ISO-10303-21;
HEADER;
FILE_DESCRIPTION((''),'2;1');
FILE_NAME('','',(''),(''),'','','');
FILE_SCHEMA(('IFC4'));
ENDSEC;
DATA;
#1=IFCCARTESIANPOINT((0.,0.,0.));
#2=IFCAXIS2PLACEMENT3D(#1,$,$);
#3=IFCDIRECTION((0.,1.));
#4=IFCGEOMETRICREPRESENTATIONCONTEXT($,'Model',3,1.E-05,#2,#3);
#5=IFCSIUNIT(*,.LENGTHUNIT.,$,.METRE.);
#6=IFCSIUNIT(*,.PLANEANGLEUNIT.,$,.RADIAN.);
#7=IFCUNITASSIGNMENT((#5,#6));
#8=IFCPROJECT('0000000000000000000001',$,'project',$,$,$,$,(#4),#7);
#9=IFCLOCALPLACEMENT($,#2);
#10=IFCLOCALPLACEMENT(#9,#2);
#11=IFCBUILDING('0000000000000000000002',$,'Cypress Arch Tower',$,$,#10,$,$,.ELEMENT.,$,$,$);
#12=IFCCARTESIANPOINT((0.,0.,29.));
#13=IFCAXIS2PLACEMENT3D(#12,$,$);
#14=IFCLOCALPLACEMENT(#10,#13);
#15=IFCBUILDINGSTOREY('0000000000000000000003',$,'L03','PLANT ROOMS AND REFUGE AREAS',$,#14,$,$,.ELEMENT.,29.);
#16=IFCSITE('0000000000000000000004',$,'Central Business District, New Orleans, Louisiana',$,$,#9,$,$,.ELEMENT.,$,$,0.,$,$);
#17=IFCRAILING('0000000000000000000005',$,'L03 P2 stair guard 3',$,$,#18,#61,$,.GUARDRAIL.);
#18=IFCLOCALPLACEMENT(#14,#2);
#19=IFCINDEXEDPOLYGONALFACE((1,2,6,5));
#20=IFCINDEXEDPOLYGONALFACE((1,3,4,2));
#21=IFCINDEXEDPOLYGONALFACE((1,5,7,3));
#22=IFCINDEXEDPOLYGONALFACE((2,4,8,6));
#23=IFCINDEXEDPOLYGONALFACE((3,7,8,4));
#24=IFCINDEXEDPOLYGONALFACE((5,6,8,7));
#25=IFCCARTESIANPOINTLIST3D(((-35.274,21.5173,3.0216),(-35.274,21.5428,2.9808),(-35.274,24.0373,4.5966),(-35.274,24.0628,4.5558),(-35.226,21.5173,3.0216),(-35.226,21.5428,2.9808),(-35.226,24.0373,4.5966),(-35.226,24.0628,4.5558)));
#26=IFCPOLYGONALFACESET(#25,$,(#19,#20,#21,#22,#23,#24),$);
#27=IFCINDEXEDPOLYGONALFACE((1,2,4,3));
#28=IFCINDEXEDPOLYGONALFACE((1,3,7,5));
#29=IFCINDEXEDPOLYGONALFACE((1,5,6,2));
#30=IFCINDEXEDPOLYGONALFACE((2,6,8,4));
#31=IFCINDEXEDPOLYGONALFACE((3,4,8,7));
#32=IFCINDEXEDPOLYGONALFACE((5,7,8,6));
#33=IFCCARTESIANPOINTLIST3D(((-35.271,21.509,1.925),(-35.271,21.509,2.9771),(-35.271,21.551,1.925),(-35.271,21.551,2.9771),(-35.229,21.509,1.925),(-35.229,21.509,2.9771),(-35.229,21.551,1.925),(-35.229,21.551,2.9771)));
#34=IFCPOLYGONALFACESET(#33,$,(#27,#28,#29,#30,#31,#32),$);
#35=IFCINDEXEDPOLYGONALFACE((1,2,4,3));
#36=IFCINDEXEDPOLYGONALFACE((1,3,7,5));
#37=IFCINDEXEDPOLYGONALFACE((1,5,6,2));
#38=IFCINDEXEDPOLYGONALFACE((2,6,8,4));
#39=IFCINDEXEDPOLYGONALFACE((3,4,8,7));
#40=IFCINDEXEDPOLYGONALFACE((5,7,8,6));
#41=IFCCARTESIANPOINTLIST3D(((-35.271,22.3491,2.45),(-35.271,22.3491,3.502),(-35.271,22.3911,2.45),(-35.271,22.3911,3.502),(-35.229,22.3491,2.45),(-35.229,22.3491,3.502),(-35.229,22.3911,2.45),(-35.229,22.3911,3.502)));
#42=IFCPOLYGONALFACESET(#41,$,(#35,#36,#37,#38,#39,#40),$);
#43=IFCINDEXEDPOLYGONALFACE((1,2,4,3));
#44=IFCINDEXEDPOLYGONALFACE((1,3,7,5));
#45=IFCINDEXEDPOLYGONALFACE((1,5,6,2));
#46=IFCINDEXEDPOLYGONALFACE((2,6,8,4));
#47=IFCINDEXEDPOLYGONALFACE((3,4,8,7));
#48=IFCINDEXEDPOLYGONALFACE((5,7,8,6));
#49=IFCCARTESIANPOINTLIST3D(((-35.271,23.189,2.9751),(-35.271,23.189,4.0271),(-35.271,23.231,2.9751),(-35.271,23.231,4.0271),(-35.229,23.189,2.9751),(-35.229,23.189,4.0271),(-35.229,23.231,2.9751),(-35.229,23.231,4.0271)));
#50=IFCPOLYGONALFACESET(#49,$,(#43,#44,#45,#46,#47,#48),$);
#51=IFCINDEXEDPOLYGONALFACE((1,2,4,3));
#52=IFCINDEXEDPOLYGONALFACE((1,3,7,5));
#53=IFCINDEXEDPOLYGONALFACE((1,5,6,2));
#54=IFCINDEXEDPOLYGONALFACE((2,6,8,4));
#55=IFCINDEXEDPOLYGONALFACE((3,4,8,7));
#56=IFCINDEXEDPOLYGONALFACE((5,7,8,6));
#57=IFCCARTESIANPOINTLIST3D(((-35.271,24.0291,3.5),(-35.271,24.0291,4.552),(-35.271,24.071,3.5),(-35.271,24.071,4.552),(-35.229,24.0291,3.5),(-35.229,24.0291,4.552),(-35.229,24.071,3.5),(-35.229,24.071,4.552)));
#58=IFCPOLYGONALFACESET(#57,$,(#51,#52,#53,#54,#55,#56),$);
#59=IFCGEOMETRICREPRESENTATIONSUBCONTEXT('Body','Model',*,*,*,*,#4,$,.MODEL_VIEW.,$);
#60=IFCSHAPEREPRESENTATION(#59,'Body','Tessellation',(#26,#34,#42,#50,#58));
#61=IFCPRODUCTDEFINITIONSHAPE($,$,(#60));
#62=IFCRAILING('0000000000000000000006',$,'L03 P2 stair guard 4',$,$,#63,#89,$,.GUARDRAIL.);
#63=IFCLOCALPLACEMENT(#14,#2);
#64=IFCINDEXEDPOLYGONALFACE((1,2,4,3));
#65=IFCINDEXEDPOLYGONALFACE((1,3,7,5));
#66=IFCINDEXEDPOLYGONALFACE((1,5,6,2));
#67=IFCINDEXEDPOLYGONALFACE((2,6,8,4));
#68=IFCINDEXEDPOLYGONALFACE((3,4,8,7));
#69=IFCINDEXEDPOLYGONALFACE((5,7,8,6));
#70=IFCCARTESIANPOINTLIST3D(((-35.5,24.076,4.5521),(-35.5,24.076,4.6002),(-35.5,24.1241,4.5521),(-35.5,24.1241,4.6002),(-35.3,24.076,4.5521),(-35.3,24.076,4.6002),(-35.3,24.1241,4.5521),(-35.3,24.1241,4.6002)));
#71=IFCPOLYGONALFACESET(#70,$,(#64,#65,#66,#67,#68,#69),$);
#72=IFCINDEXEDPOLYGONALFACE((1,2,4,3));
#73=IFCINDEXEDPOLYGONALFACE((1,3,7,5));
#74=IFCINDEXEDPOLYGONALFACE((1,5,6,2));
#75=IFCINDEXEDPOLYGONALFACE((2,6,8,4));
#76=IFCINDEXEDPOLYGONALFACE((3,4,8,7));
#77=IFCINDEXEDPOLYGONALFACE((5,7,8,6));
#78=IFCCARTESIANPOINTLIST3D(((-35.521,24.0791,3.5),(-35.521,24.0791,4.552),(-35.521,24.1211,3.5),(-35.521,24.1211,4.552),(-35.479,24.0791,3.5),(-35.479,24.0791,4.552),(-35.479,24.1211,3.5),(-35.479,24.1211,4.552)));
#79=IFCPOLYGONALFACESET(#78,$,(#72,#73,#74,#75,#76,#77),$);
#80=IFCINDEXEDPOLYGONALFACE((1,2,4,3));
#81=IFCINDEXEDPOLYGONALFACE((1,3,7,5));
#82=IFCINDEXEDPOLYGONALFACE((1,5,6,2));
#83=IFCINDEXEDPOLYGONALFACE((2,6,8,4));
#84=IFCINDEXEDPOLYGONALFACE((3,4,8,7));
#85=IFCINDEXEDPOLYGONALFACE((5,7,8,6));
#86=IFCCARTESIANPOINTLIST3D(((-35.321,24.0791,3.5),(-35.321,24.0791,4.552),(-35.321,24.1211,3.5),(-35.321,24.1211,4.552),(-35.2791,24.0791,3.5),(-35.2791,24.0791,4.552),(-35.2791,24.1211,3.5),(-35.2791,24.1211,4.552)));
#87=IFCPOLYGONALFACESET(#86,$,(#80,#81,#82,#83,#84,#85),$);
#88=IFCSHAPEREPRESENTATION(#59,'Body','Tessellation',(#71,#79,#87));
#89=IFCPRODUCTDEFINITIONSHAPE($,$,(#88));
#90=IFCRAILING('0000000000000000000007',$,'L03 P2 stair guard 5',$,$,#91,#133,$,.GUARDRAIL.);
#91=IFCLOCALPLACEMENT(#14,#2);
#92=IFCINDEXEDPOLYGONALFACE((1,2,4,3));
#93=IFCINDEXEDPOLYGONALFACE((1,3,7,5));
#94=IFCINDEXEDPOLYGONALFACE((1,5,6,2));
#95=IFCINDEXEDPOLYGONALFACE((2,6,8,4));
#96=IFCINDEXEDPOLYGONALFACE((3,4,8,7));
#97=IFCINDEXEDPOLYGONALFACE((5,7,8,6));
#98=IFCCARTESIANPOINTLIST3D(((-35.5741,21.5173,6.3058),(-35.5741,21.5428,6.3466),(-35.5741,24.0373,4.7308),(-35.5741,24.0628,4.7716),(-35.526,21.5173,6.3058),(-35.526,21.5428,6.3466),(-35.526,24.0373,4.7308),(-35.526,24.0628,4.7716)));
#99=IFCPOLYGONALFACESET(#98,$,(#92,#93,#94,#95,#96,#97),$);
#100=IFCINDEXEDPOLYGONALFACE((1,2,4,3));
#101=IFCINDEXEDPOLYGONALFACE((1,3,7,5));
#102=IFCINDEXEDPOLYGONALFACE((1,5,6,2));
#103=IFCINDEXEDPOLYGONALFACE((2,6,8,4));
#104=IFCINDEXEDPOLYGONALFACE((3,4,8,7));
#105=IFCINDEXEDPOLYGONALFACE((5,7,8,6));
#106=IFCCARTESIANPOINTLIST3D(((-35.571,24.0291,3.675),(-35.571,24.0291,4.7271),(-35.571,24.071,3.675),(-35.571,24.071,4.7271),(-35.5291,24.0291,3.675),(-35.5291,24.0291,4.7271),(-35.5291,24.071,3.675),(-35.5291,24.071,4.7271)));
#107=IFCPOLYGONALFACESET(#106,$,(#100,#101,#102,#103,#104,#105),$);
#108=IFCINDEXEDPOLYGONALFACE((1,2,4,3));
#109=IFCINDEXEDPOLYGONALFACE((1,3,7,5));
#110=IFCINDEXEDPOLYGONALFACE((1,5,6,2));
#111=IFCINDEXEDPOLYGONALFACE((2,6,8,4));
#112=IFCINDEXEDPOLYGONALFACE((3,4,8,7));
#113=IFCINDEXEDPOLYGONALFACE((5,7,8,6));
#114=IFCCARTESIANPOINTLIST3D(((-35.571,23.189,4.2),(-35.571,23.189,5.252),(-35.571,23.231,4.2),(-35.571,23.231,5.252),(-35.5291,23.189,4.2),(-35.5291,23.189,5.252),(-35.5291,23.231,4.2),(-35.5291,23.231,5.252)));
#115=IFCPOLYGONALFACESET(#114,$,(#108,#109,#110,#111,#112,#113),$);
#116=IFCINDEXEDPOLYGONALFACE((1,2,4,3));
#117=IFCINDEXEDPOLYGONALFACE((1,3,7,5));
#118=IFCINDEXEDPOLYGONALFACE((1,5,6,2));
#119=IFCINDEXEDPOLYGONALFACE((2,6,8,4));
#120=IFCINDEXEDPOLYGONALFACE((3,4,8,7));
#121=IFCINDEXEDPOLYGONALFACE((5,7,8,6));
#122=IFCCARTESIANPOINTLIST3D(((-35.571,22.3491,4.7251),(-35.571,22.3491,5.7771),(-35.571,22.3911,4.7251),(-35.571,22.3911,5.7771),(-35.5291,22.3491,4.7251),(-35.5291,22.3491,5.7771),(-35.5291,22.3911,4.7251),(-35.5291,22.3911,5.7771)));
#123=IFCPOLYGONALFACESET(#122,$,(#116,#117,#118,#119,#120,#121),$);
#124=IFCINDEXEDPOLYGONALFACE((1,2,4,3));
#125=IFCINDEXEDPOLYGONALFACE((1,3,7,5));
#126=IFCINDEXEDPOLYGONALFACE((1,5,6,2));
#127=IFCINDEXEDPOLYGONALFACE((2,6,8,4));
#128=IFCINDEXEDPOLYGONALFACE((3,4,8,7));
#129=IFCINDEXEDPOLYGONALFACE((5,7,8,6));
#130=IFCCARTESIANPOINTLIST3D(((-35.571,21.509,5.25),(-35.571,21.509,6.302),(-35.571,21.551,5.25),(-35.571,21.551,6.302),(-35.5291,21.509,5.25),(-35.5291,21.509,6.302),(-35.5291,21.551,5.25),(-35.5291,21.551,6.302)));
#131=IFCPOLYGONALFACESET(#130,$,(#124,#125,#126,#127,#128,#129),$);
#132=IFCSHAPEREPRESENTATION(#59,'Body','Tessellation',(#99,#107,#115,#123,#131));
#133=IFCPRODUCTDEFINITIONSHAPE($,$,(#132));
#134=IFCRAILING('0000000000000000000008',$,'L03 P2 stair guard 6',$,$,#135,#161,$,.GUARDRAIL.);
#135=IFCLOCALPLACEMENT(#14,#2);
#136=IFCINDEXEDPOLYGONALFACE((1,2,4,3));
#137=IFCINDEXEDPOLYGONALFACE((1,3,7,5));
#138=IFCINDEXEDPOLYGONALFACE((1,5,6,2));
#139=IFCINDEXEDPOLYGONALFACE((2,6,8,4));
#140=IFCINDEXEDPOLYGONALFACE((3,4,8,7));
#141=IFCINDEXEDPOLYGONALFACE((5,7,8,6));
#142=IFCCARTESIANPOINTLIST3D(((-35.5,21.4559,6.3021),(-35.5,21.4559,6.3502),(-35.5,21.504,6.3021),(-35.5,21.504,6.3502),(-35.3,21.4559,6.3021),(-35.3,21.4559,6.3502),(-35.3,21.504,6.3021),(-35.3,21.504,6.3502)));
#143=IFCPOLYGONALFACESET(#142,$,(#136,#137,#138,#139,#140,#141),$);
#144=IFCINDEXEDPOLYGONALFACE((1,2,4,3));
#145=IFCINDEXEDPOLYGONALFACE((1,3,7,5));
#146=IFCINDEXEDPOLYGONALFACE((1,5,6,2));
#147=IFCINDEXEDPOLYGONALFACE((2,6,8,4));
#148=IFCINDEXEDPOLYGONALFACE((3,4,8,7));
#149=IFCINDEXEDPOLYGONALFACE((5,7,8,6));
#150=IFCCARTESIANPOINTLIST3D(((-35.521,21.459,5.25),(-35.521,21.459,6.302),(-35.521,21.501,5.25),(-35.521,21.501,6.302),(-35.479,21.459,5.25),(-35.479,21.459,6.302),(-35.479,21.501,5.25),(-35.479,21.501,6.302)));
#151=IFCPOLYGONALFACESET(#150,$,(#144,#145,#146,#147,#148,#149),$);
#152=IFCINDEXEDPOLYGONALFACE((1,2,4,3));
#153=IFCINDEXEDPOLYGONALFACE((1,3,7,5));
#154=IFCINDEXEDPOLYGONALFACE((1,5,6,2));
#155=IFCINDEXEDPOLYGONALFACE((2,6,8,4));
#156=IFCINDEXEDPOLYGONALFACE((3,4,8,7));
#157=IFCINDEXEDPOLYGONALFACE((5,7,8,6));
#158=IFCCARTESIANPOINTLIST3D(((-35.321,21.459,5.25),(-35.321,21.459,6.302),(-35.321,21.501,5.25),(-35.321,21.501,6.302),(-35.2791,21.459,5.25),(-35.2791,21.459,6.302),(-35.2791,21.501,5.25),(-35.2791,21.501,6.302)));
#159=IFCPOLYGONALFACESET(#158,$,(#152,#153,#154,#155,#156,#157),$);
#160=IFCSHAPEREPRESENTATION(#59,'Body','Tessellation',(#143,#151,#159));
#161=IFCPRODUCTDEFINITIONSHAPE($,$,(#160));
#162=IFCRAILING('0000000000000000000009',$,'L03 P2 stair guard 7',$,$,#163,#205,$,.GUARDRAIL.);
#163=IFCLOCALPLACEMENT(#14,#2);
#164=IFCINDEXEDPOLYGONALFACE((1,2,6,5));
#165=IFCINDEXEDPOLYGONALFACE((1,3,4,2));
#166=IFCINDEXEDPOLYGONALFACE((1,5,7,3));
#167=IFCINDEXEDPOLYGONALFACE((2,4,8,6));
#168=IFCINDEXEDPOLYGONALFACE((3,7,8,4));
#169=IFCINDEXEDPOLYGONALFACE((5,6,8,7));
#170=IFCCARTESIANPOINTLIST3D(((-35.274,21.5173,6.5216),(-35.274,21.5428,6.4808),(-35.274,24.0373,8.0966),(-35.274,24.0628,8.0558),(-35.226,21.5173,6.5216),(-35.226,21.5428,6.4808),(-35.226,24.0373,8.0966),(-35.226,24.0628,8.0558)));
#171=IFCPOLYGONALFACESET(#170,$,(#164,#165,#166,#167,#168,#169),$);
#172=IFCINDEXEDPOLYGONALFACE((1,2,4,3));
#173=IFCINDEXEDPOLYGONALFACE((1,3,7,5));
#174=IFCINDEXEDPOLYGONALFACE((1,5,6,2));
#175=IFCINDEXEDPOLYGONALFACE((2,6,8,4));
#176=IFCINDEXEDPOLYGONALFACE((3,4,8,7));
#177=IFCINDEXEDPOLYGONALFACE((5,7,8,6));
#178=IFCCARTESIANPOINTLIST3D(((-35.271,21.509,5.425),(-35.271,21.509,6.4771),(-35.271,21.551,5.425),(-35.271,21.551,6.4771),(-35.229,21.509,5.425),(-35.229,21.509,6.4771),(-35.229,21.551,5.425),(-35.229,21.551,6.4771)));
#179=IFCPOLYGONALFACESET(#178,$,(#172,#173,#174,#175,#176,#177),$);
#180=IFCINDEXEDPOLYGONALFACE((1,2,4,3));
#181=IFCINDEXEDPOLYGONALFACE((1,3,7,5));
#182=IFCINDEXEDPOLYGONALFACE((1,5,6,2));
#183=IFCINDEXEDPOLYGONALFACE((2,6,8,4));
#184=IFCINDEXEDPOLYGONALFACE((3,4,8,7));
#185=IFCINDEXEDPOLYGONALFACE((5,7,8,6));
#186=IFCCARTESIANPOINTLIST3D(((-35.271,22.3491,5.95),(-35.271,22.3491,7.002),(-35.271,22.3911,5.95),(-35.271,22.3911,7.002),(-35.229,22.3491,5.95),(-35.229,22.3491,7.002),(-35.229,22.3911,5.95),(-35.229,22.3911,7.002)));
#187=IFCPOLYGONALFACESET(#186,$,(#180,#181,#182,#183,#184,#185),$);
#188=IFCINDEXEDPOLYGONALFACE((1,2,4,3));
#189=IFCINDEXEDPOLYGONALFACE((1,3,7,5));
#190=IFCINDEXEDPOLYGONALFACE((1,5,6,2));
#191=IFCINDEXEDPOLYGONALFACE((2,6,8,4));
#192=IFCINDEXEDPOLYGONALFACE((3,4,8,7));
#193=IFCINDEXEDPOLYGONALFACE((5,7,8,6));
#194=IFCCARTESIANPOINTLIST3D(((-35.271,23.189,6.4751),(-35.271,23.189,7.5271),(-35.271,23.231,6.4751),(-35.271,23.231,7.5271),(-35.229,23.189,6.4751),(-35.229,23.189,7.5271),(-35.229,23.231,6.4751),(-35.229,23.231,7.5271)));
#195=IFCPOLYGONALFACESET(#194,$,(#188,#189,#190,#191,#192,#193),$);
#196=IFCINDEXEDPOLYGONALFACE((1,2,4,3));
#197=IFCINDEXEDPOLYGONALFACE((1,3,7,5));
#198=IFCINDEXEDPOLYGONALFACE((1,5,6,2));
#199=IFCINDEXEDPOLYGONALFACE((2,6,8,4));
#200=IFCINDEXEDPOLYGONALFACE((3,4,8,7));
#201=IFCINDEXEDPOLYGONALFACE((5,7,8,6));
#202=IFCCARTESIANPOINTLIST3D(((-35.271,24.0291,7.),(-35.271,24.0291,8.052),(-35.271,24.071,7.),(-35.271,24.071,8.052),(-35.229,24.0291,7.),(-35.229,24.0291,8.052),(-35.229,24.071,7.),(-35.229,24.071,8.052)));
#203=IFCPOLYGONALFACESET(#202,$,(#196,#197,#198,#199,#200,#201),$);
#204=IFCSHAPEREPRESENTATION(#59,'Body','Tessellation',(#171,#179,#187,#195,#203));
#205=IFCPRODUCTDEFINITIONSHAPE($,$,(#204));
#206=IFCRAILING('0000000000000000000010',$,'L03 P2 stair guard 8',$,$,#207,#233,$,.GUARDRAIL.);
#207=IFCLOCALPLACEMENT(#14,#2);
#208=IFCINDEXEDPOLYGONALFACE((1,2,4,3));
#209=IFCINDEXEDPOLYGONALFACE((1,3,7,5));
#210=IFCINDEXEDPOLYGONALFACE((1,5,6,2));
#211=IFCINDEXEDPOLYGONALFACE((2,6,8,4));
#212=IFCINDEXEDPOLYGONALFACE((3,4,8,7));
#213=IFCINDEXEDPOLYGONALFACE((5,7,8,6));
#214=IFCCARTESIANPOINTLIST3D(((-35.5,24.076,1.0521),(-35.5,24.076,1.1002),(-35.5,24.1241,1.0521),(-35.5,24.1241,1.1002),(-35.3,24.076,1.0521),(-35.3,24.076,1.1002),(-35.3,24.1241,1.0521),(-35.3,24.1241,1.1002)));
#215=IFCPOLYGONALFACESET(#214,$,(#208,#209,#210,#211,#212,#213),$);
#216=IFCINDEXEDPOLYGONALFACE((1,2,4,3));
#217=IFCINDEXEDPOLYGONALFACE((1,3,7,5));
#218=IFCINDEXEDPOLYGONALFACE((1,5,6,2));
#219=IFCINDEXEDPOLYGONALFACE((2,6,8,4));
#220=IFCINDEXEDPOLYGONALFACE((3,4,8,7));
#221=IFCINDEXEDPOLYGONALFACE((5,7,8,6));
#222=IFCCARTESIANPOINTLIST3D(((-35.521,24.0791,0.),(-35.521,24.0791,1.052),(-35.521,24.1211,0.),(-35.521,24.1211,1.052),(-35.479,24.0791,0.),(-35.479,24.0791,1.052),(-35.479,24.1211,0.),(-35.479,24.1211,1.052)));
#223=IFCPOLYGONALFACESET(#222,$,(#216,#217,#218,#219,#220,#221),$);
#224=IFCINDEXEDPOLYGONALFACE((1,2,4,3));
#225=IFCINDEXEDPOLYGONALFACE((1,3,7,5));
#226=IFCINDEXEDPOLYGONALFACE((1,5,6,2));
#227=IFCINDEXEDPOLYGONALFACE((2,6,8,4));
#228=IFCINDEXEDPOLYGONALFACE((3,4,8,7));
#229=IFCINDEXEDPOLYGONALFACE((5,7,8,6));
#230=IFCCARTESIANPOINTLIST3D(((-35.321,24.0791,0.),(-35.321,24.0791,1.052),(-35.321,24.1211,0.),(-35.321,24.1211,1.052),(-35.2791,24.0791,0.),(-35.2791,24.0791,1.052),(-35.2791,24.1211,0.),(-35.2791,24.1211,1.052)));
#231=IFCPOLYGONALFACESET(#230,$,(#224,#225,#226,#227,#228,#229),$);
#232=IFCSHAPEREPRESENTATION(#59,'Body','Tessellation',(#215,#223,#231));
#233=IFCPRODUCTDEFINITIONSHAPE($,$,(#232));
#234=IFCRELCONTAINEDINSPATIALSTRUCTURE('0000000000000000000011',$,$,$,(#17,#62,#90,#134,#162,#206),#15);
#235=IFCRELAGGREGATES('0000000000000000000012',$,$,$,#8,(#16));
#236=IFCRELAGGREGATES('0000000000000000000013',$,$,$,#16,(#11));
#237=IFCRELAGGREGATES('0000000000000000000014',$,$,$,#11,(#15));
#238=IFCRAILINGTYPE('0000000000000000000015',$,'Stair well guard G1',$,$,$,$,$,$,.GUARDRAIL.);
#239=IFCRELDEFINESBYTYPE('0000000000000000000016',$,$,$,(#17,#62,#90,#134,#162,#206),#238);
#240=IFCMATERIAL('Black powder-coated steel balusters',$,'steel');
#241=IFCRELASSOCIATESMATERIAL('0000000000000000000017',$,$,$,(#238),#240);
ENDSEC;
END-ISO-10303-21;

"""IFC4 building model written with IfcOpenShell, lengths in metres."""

from ifc_helpers import new_model, si_unit, direction, frame, origin, origin_2d, place, context, subcontext, project, spatial, rectangle, extrude, material, type_object, element, save


model = new_model("IFC4")

# Units and contexts
model_context = context("Model", 3, precision=1e-05, world=origin(), true_north=direction((0.0, 1.0)))
body_context = subcontext(model_context, "Body", "Model", "MODEL_VIEW")
ifc_project = project(units=[si_unit("LENGTHUNIT", "METRE"), si_unit("PLANEANGLEUNIT", "RADIAN")], contexts=[model_context])

# Site, building, storey
site_placement = place(None, origin())
site = spatial("IfcSite", under=ifc_project, at=site_placement, Name="Central Business District, New Orleans, Louisiana", CompositionType="ELEMENT", RefElevation=0.0)
building_placement = place(site_placement, origin())
building = spatial("IfcBuilding", under=site, at=building_placement, Name="Cypress Arch Tower", CompositionType="ELEMENT")
storey_placement = place(building_placement, frame((0.0, 0.0, 29.0)))
storey = spatial("IfcBuildingStorey", under=building, at=storey_placement, Name="L03", Description="PLANT ROOMS AND REFUGE AREAS", CompositionType="ELEMENT", Elevation=29.0)

# Railings
ifc_material_1 = material(Name="Black powder-coated steel balusters", Category="steel")
railing_type_1 = type_object("IfcRailingType", Name="Stair well guard G1", PredefinedType="GUARDRAIL", material=ifc_material_1)
railing_1_placement = place(storey_placement, frame((-35.25, 21.53, 1.925)))
element("IfcRailing", 1, at=railing_1_placement, inside=storey, type_object=railing_type_1, Name="L03 P2 stair guard 3", PredefinedType="GUARDRAIL", context=body_context, shape_type="SweptSolid", body=[
    extrude(rectangle(XDim=0.0481, YDim=0.0481, at=origin_2d()), frame((0.0, 0.0, 1.0762), z_axis=(0.0, 0.848008, 0.529984), x_axis=(-1.0, 0.0, 0.0)), (0.0, 0.0, 1.0), 2.9717),
    extrude(rectangle(XDim=0.042, YDim=0.042, at=origin_2d()), origin(), (0.0, 0.0, 1.0), 1.052),
    extrude(rectangle(XDim=0.042, YDim=0.042, at=origin_2d()), frame((0.0, 0.8401, 0.5249)), (0.0, 0.0, 1.0), 1.052),
    extrude(rectangle(XDim=0.042, YDim=0.042, at=origin_2d()), frame((0.0, 1.6799, 1.05)), (0.0, 0.0, 1.0), 1.052),
    extrude(rectangle(XDim=0.042, YDim=0.042, at=origin_2d()), frame((0.0, 2.52, 1.575)), (0.0, 0.0, 1.0), 1.052),
])
railing_2_placement = place(storey_placement, frame((-35.5, 24.1001, 3.5)))
element("IfcRailing", 2, at=railing_2_placement, inside=storey, type_object=railing_type_1, Name="L03 P2 stair guard 4", PredefinedType="GUARDRAIL", context=body_context, shape_type="SweptSolid", body=[
    extrude(rectangle(XDim=0.0481, YDim=0.0481, at=origin_2d()), frame((0.0, 0.0, 1.0762), z_axis=(1.0, 0.0, 0.0), x_axis=(0.0, 1.0, 0.0)), (0.0, 0.0, 1.0), 0.2),
    extrude(rectangle(XDim=0.042, YDim=0.042, at=origin_2d()), origin(), (0.0, 0.0, 1.0), 1.052),
    extrude(rectangle(XDim=0.042, YDim=0.042, at=origin_2d()), frame((0.2, 0.0, 0.0)), (0.0, 0.0, 1.0), 1.052),
])
railing_3_placement = place(storey_placement, frame((-35.55, 24.05, 3.675)))
element("IfcRailing", 3, at=railing_3_placement, inside=storey, type_object=railing_type_1, Name="L03 P2 stair guard 5", PredefinedType="GUARDRAIL", context=body_context, shape_type="SweptSolid", body=[
    extrude(rectangle(XDim=0.0481, YDim=0.0481, at=origin_2d()), frame((0.0, 0.0, 1.0762), z_axis=(0.0, -0.848008, 0.529984), x_axis=(1.0, 0.0, 0.0)), (0.0, 0.0, 1.0), 2.9717),
    extrude(rectangle(XDim=0.042, YDim=0.042, at=origin_2d()), origin(), (0.0, 0.0, 1.0), 1.052),
    extrude(rectangle(XDim=0.042, YDim=0.042, at=origin_2d()), frame((0.0, -0.8401, 0.5249)), (0.0, 0.0, 1.0), 1.052),
    extrude(rectangle(XDim=0.042, YDim=0.042, at=origin_2d()), frame((0.0, -1.6799, 1.05)), (0.0, 0.0, 1.0), 1.052),
    extrude(rectangle(XDim=0.042, YDim=0.042, at=origin_2d()), frame((0.0, -2.52, 1.575)), (0.0, 0.0, 1.0), 1.052),
])
railing_4_placement = place(storey_placement, frame((-35.5, 21.48, 5.25)))
element("IfcRailing", 4, at=railing_4_placement, inside=storey, type_object=railing_type_1, Name="L03 P2 stair guard 6", PredefinedType="GUARDRAIL", context=body_context, shape_type="SweptSolid", body=[
    extrude(rectangle(XDim=0.0481, YDim=0.0481, at=origin_2d()), frame((0.0, 0.0, 1.0762), z_axis=(1.0, 0.0, 0.0), x_axis=(0.0, 1.0, 0.0)), (0.0, 0.0, 1.0), 0.2),
    extrude(rectangle(XDim=0.042, YDim=0.042, at=origin_2d()), origin(), (0.0, 0.0, 1.0), 1.052),
    extrude(rectangle(XDim=0.042, YDim=0.042, at=origin_2d()), frame((0.2, 0.0, 0.0)), (0.0, 0.0, 1.0), 1.052),
])
railing_5_placement = place(storey_placement, frame((-35.25, 21.53, 5.425)))
element("IfcRailing", 5, at=railing_5_placement, inside=storey, type_object=railing_type_1, Name="L03 P2 stair guard 7", PredefinedType="GUARDRAIL", context=body_context, shape_type="SweptSolid", body=[
    extrude(rectangle(XDim=0.0481, YDim=0.0481, at=origin_2d()), frame((0.0, 0.0, 1.0762), z_axis=(0.0, 0.848008, 0.529984), x_axis=(-1.0, 0.0, 0.0)), (0.0, 0.0, 1.0), 2.9717),
    extrude(rectangle(XDim=0.042, YDim=0.042, at=origin_2d()), origin(), (0.0, 0.0, 1.0), 1.052),
    extrude(rectangle(XDim=0.042, YDim=0.042, at=origin_2d()), frame((0.0, 0.8401, 0.5249)), (0.0, 0.0, 1.0), 1.052),
    extrude(rectangle(XDim=0.042, YDim=0.042, at=origin_2d()), frame((0.0, 1.6799, 1.05)), (0.0, 0.0, 1.0), 1.052),
    extrude(rectangle(XDim=0.042, YDim=0.042, at=origin_2d()), frame((0.0, 2.52, 1.575)), (0.0, 0.0, 1.0), 1.052),
])
railing_6_placement = place(storey_placement, frame((-35.5, 24.1001, 0.0)))
element("IfcRailing", 6, at=railing_6_placement, inside=storey, type_object=railing_type_1, Name="L03 P2 stair guard 8", PredefinedType="GUARDRAIL", context=body_context, shape_type="SweptSolid", body=[
    extrude(rectangle(XDim=0.0481, YDim=0.0481, at=origin_2d()), frame((0.0, 0.0, 1.0762), z_axis=(1.0, 0.0, 0.0), x_axis=(0.0, 1.0, 0.0)), (0.0, 0.0, 1.0), 0.2),
    extrude(rectangle(XDim=0.042, YDim=0.042, at=origin_2d()), origin(), (0.0, 0.0, 1.0), 1.052),
    extrude(rectangle(XDim=0.042, YDim=0.042, at=origin_2d()), frame((0.2, 0.0, 0.0)), (0.0, 0.0, 1.0), 1.052),
])

save(model, "model.ifc")
